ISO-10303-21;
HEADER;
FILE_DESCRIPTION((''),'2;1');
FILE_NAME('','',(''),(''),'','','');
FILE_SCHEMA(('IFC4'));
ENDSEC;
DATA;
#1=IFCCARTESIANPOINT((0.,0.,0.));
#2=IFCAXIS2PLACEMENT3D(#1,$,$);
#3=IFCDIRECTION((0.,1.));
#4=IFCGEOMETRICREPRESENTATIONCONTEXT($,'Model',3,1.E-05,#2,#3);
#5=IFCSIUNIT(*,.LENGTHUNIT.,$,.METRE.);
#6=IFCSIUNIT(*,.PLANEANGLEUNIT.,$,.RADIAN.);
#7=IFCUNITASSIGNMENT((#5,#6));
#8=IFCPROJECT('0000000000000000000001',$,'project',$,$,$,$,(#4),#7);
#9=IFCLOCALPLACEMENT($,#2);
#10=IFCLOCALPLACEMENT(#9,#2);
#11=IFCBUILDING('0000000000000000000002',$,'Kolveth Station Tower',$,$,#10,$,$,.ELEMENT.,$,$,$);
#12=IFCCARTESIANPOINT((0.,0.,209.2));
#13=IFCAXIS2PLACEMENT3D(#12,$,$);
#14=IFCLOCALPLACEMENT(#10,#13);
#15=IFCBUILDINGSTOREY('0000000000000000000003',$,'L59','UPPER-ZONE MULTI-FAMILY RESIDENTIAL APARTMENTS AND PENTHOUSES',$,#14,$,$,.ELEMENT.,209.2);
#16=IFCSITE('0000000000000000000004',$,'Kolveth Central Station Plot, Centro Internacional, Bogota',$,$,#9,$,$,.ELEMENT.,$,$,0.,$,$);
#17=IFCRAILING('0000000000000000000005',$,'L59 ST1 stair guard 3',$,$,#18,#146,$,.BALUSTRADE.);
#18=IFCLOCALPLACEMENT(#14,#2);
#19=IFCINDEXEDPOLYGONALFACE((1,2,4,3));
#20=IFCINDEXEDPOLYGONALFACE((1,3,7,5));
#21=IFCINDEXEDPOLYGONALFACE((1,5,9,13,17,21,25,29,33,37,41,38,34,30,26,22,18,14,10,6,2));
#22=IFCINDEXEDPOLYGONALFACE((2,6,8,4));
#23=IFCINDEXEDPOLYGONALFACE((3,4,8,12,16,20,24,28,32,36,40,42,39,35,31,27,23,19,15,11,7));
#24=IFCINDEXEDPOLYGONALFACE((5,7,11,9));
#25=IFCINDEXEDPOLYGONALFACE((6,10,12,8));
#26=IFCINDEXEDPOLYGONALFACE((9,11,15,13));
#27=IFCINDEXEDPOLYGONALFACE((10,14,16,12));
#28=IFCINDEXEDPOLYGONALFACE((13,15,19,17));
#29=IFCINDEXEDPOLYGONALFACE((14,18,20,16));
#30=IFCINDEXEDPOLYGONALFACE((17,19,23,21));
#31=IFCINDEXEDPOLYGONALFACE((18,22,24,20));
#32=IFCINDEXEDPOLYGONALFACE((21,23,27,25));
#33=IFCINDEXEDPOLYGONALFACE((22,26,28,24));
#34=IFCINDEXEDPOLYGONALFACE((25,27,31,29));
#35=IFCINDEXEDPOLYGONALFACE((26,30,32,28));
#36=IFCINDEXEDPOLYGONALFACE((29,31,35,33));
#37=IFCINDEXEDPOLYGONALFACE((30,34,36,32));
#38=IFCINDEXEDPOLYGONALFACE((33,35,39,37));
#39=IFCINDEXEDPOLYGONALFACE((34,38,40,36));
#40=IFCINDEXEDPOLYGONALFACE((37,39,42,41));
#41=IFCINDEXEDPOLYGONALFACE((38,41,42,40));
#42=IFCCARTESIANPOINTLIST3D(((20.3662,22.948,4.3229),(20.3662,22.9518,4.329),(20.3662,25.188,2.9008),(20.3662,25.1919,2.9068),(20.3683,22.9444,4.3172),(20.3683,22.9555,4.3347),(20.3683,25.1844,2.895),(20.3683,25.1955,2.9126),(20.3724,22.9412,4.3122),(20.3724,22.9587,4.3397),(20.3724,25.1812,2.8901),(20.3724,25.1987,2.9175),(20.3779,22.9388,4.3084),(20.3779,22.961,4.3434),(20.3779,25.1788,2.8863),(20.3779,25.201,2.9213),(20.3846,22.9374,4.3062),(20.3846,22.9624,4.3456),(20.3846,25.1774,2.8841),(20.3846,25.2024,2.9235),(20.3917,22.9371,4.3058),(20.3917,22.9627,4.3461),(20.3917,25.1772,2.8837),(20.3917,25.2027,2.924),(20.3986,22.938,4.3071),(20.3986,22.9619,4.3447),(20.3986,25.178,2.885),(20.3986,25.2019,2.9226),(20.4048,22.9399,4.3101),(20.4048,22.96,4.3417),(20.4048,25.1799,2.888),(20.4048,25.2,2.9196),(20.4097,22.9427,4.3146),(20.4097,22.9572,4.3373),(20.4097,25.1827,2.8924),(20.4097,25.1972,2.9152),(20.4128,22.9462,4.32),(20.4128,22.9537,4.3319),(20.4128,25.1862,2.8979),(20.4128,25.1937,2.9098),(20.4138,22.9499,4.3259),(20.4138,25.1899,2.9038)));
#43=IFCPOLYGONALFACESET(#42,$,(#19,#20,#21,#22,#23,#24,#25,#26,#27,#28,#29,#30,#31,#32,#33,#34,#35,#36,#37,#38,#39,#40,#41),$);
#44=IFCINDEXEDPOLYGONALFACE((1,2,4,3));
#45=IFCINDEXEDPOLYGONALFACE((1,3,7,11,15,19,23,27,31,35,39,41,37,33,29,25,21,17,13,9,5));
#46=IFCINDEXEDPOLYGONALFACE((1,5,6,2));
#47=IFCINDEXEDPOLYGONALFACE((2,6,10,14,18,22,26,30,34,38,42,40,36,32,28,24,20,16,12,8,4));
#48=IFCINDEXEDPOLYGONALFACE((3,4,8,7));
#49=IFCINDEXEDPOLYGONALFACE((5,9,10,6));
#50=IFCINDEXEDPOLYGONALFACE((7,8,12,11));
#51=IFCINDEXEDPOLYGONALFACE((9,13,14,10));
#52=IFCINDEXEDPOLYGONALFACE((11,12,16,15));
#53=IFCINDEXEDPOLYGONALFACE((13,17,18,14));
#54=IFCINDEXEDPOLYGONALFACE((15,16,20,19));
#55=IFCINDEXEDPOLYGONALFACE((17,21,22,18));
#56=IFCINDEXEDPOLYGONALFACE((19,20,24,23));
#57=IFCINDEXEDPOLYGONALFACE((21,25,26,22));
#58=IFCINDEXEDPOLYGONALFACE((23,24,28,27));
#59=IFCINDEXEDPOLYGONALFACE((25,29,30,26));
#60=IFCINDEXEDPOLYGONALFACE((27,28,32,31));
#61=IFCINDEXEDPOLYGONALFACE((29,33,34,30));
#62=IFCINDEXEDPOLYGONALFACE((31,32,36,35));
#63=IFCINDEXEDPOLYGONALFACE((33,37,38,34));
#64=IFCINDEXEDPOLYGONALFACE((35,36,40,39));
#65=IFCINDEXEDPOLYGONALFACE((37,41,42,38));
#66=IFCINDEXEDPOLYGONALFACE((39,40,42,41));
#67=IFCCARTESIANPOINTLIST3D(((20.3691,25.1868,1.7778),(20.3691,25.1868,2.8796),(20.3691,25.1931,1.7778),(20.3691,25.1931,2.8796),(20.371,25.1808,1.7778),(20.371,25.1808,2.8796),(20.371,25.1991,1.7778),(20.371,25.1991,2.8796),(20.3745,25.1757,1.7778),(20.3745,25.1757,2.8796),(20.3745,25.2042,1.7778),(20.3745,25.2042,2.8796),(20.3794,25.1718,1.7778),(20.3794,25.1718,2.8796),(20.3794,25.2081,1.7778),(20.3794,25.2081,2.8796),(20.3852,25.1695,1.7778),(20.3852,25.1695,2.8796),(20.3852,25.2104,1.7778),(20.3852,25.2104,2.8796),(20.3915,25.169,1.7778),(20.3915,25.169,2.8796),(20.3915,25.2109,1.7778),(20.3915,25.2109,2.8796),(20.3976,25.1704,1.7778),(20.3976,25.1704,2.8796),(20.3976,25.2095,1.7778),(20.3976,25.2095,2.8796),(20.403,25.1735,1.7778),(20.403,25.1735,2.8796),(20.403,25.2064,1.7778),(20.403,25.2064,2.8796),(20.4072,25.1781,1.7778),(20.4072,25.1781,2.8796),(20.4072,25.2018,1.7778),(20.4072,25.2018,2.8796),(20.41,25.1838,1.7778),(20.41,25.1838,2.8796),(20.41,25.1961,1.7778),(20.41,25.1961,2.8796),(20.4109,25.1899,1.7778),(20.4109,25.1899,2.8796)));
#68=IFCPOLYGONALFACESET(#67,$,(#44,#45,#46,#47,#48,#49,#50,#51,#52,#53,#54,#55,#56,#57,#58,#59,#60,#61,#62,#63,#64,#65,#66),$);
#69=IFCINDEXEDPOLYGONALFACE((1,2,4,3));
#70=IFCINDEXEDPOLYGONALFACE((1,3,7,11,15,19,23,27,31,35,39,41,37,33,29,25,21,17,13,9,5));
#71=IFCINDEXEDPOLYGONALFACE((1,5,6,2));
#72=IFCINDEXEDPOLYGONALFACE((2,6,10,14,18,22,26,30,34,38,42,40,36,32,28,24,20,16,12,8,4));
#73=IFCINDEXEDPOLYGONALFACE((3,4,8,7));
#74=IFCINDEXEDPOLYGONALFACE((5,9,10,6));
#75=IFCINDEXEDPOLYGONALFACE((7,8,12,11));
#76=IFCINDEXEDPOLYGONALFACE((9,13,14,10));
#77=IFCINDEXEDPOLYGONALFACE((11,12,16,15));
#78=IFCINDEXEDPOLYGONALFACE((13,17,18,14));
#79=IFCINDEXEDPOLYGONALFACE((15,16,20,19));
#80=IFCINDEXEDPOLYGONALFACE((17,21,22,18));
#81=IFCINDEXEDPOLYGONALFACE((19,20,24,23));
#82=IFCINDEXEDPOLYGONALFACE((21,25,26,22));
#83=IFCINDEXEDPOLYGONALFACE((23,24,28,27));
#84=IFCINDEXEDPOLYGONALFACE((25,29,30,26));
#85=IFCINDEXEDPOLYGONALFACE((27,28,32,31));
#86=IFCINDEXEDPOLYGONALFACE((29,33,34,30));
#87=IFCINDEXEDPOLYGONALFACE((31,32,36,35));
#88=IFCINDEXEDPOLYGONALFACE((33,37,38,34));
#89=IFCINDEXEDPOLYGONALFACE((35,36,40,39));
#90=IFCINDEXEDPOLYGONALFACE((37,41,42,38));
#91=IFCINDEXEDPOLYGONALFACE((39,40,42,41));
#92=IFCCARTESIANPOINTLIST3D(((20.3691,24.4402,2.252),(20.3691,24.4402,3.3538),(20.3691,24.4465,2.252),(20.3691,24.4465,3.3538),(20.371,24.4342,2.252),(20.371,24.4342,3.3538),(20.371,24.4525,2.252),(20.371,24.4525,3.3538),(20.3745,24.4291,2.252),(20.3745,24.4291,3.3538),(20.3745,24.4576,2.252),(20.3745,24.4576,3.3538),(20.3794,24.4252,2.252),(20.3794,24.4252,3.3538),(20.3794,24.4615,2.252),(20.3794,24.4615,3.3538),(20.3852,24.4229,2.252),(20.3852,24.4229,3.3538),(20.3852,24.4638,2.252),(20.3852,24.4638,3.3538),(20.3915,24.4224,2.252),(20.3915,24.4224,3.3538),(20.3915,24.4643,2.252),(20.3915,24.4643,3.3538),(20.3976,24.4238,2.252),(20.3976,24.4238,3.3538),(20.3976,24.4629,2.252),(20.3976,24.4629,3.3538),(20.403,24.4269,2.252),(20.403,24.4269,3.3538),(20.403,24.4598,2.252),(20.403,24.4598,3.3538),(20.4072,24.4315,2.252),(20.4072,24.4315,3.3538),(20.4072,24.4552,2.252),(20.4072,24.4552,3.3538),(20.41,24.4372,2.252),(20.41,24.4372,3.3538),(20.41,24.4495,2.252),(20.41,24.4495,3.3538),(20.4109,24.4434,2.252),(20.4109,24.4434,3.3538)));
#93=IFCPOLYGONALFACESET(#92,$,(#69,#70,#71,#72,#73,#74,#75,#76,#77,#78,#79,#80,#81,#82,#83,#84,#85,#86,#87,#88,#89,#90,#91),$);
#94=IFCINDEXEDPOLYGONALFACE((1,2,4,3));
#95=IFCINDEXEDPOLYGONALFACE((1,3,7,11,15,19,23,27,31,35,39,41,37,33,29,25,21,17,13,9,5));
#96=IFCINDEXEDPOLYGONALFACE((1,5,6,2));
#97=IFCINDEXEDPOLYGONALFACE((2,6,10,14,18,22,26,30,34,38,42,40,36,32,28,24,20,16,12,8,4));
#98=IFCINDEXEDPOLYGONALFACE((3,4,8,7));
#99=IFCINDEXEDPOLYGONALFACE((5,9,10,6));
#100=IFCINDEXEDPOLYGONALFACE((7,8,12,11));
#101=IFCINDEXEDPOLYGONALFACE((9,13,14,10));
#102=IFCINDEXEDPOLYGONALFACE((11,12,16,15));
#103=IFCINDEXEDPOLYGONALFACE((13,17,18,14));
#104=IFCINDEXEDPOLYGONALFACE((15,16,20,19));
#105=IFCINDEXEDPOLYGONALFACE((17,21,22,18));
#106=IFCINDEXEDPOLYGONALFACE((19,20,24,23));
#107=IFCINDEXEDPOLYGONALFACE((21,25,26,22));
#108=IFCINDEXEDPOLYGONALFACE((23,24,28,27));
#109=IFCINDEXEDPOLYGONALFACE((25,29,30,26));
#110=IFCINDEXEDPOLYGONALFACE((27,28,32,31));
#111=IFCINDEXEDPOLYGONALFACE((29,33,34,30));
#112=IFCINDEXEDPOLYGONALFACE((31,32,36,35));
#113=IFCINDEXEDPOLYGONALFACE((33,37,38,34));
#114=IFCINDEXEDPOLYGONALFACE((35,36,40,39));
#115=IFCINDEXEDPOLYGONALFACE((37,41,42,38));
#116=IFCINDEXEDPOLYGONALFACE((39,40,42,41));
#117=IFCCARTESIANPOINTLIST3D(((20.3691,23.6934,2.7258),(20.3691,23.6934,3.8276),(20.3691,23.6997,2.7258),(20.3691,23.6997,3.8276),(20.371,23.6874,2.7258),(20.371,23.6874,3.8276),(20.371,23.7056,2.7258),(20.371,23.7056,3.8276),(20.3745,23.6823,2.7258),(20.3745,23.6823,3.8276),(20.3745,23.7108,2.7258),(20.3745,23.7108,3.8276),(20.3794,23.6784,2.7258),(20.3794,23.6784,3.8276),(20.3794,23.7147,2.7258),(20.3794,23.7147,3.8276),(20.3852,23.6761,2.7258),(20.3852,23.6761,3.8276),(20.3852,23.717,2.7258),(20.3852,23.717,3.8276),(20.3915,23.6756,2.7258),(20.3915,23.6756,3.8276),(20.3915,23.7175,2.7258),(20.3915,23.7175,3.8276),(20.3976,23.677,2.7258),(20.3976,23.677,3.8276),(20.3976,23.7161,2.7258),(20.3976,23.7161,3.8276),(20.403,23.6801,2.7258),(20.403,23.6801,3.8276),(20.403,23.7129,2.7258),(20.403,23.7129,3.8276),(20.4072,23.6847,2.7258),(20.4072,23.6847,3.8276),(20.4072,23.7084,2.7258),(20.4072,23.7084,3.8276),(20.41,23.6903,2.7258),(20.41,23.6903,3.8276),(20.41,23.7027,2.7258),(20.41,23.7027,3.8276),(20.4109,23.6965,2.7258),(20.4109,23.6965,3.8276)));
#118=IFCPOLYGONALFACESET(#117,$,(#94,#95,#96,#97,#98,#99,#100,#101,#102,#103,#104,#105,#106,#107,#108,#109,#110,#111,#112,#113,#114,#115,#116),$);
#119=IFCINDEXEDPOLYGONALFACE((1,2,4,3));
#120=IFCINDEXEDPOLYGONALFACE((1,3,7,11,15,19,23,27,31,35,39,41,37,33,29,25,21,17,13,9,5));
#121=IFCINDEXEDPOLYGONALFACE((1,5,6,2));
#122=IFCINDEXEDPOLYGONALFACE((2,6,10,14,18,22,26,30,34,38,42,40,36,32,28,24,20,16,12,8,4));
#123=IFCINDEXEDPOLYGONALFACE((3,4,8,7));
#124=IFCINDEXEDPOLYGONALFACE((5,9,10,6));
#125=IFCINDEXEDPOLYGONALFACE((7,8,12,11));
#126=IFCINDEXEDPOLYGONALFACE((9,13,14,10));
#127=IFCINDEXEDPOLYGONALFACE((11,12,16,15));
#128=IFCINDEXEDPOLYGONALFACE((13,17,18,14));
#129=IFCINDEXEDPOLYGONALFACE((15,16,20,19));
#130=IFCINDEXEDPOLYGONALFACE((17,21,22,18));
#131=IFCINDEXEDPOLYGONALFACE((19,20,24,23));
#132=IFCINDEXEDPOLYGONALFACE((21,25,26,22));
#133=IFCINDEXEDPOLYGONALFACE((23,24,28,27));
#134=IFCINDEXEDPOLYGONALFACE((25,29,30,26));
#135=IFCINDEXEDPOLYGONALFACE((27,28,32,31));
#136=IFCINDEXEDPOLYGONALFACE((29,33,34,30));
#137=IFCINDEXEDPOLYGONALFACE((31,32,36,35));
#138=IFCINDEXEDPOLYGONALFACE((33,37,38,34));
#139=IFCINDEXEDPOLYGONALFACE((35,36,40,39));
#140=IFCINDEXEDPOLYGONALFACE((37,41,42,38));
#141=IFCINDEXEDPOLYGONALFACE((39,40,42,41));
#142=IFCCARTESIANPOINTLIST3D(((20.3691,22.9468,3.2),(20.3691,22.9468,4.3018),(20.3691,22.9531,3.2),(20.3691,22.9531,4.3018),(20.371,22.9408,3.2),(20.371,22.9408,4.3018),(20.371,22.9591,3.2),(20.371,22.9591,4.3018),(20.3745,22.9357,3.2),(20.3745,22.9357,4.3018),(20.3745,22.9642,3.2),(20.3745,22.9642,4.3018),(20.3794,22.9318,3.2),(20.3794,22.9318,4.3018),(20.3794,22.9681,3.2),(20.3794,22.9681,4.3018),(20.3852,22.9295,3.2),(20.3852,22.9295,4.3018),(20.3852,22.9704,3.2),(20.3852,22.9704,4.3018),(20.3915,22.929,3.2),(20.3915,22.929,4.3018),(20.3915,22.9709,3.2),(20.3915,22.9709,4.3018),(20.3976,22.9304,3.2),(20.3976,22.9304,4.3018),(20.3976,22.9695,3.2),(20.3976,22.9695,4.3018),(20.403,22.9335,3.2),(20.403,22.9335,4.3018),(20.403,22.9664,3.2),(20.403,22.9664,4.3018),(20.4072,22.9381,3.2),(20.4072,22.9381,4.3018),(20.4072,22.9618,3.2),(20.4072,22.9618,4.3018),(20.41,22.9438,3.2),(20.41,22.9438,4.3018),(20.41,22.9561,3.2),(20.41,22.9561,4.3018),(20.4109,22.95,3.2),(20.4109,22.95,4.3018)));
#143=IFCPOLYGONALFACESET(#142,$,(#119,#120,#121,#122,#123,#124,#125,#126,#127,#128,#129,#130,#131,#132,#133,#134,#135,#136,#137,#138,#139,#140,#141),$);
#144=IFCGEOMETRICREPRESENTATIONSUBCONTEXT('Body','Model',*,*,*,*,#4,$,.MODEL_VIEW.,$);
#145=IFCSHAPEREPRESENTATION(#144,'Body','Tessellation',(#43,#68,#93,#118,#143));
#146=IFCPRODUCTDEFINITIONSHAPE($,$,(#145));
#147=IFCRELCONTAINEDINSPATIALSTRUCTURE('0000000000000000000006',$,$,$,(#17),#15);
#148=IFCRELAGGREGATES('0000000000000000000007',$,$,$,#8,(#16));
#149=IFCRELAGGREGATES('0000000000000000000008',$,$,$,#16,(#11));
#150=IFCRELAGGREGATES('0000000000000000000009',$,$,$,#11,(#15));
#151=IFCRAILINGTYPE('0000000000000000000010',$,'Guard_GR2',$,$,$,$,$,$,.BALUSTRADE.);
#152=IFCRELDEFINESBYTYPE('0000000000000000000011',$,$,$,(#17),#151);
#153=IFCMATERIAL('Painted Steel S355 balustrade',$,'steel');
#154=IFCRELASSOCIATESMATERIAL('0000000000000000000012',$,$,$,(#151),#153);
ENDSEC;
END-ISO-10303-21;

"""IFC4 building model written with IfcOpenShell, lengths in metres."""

from ifc_helpers import new_model, si_unit, direction, frame, origin, origin_2d, place, context, subcontext, project, spatial, circle, extrude, material, type_object, element, save


model = new_model("IFC4")

# Units and contexts
model_context = context("Model", 3, precision=1e-05, world=origin(), true_north=direction((0.0, 1.0)))
body_context = subcontext(model_context, "Body", "Model", "MODEL_VIEW")
ifc_project = project(units=[si_unit("LENGTHUNIT", "METRE"), si_unit("PLANEANGLEUNIT", "RADIAN")], contexts=[model_context])

# Site, building, storey
site_placement = place(None, origin())
site = spatial("IfcSite", under=ifc_project, at=site_placement, Name="Kolveth Central Station Plot, Centro Internacional, Bogota", CompositionType="ELEMENT", RefElevation=0.0)
building_placement = place(site_placement, origin())
building = spatial("IfcBuilding", under=site, at=building_placement, Name="Kolveth Station Tower", CompositionType="ELEMENT")
storey_placement = place(building_placement, frame((0.0, 0.0, 209.2)))
storey = spatial("IfcBuildingStorey", under=building, at=storey_placement, Name="L59", Description="UPPER-ZONE MULTI-FAMILY RESIDENTIAL APARTMENTS AND PENTHOUSES", CompositionType="ELEMENT", Elevation=209.2)

# Railing
ifc_material_1 = material(Name="Painted Steel S355 balustrade", Category="steel")
railing_type_1 = type_object("IfcRailingType", Name="Guard_GR2", PredefinedType="BALUSTRADE", material=ifc_material_1)
railing_1_placement = place(storey_placement, frame((20.3899, 25.1899, 1.7778)))
element("IfcRailing", 1, at=railing_1_placement, inside=storey, type_object=railing_type_1, Name="L59 ST1 stair guard 3", PredefinedType="BALUSTRADE", context=body_context, shape_type="SweptSolid", body=[
    extrude(circle(Radius=0.0239, at=origin_2d()), frame((0.0, 0.0, 1.126), z_axis=(0.0, -0.844229, 0.535982), x_axis=(1.0, 0.0, 0.0)), (0.0, 0.0, 1.0), 2.6533),
    extrude(circle(Radius=0.021, at=origin_2d()), origin(), (0.0, 0.0, 1.0), 1.1018),
    extrude(circle(Radius=0.021, at=origin_2d()), frame((0.0, -0.7466, 0.4741)), (0.0, 0.0, 1.0), 1.1018),
    extrude(circle(Radius=0.021, at=origin_2d()), frame((0.0, -1.4934, 0.948)), (0.0, 0.0, 1.0), 1.1018),
    extrude(circle(Radius=0.021, at=origin_2d()), frame((0.0, -2.24, 1.4221)), (0.0, 0.0, 1.0), 1.1018),
])

save(model, "model.ifc")
